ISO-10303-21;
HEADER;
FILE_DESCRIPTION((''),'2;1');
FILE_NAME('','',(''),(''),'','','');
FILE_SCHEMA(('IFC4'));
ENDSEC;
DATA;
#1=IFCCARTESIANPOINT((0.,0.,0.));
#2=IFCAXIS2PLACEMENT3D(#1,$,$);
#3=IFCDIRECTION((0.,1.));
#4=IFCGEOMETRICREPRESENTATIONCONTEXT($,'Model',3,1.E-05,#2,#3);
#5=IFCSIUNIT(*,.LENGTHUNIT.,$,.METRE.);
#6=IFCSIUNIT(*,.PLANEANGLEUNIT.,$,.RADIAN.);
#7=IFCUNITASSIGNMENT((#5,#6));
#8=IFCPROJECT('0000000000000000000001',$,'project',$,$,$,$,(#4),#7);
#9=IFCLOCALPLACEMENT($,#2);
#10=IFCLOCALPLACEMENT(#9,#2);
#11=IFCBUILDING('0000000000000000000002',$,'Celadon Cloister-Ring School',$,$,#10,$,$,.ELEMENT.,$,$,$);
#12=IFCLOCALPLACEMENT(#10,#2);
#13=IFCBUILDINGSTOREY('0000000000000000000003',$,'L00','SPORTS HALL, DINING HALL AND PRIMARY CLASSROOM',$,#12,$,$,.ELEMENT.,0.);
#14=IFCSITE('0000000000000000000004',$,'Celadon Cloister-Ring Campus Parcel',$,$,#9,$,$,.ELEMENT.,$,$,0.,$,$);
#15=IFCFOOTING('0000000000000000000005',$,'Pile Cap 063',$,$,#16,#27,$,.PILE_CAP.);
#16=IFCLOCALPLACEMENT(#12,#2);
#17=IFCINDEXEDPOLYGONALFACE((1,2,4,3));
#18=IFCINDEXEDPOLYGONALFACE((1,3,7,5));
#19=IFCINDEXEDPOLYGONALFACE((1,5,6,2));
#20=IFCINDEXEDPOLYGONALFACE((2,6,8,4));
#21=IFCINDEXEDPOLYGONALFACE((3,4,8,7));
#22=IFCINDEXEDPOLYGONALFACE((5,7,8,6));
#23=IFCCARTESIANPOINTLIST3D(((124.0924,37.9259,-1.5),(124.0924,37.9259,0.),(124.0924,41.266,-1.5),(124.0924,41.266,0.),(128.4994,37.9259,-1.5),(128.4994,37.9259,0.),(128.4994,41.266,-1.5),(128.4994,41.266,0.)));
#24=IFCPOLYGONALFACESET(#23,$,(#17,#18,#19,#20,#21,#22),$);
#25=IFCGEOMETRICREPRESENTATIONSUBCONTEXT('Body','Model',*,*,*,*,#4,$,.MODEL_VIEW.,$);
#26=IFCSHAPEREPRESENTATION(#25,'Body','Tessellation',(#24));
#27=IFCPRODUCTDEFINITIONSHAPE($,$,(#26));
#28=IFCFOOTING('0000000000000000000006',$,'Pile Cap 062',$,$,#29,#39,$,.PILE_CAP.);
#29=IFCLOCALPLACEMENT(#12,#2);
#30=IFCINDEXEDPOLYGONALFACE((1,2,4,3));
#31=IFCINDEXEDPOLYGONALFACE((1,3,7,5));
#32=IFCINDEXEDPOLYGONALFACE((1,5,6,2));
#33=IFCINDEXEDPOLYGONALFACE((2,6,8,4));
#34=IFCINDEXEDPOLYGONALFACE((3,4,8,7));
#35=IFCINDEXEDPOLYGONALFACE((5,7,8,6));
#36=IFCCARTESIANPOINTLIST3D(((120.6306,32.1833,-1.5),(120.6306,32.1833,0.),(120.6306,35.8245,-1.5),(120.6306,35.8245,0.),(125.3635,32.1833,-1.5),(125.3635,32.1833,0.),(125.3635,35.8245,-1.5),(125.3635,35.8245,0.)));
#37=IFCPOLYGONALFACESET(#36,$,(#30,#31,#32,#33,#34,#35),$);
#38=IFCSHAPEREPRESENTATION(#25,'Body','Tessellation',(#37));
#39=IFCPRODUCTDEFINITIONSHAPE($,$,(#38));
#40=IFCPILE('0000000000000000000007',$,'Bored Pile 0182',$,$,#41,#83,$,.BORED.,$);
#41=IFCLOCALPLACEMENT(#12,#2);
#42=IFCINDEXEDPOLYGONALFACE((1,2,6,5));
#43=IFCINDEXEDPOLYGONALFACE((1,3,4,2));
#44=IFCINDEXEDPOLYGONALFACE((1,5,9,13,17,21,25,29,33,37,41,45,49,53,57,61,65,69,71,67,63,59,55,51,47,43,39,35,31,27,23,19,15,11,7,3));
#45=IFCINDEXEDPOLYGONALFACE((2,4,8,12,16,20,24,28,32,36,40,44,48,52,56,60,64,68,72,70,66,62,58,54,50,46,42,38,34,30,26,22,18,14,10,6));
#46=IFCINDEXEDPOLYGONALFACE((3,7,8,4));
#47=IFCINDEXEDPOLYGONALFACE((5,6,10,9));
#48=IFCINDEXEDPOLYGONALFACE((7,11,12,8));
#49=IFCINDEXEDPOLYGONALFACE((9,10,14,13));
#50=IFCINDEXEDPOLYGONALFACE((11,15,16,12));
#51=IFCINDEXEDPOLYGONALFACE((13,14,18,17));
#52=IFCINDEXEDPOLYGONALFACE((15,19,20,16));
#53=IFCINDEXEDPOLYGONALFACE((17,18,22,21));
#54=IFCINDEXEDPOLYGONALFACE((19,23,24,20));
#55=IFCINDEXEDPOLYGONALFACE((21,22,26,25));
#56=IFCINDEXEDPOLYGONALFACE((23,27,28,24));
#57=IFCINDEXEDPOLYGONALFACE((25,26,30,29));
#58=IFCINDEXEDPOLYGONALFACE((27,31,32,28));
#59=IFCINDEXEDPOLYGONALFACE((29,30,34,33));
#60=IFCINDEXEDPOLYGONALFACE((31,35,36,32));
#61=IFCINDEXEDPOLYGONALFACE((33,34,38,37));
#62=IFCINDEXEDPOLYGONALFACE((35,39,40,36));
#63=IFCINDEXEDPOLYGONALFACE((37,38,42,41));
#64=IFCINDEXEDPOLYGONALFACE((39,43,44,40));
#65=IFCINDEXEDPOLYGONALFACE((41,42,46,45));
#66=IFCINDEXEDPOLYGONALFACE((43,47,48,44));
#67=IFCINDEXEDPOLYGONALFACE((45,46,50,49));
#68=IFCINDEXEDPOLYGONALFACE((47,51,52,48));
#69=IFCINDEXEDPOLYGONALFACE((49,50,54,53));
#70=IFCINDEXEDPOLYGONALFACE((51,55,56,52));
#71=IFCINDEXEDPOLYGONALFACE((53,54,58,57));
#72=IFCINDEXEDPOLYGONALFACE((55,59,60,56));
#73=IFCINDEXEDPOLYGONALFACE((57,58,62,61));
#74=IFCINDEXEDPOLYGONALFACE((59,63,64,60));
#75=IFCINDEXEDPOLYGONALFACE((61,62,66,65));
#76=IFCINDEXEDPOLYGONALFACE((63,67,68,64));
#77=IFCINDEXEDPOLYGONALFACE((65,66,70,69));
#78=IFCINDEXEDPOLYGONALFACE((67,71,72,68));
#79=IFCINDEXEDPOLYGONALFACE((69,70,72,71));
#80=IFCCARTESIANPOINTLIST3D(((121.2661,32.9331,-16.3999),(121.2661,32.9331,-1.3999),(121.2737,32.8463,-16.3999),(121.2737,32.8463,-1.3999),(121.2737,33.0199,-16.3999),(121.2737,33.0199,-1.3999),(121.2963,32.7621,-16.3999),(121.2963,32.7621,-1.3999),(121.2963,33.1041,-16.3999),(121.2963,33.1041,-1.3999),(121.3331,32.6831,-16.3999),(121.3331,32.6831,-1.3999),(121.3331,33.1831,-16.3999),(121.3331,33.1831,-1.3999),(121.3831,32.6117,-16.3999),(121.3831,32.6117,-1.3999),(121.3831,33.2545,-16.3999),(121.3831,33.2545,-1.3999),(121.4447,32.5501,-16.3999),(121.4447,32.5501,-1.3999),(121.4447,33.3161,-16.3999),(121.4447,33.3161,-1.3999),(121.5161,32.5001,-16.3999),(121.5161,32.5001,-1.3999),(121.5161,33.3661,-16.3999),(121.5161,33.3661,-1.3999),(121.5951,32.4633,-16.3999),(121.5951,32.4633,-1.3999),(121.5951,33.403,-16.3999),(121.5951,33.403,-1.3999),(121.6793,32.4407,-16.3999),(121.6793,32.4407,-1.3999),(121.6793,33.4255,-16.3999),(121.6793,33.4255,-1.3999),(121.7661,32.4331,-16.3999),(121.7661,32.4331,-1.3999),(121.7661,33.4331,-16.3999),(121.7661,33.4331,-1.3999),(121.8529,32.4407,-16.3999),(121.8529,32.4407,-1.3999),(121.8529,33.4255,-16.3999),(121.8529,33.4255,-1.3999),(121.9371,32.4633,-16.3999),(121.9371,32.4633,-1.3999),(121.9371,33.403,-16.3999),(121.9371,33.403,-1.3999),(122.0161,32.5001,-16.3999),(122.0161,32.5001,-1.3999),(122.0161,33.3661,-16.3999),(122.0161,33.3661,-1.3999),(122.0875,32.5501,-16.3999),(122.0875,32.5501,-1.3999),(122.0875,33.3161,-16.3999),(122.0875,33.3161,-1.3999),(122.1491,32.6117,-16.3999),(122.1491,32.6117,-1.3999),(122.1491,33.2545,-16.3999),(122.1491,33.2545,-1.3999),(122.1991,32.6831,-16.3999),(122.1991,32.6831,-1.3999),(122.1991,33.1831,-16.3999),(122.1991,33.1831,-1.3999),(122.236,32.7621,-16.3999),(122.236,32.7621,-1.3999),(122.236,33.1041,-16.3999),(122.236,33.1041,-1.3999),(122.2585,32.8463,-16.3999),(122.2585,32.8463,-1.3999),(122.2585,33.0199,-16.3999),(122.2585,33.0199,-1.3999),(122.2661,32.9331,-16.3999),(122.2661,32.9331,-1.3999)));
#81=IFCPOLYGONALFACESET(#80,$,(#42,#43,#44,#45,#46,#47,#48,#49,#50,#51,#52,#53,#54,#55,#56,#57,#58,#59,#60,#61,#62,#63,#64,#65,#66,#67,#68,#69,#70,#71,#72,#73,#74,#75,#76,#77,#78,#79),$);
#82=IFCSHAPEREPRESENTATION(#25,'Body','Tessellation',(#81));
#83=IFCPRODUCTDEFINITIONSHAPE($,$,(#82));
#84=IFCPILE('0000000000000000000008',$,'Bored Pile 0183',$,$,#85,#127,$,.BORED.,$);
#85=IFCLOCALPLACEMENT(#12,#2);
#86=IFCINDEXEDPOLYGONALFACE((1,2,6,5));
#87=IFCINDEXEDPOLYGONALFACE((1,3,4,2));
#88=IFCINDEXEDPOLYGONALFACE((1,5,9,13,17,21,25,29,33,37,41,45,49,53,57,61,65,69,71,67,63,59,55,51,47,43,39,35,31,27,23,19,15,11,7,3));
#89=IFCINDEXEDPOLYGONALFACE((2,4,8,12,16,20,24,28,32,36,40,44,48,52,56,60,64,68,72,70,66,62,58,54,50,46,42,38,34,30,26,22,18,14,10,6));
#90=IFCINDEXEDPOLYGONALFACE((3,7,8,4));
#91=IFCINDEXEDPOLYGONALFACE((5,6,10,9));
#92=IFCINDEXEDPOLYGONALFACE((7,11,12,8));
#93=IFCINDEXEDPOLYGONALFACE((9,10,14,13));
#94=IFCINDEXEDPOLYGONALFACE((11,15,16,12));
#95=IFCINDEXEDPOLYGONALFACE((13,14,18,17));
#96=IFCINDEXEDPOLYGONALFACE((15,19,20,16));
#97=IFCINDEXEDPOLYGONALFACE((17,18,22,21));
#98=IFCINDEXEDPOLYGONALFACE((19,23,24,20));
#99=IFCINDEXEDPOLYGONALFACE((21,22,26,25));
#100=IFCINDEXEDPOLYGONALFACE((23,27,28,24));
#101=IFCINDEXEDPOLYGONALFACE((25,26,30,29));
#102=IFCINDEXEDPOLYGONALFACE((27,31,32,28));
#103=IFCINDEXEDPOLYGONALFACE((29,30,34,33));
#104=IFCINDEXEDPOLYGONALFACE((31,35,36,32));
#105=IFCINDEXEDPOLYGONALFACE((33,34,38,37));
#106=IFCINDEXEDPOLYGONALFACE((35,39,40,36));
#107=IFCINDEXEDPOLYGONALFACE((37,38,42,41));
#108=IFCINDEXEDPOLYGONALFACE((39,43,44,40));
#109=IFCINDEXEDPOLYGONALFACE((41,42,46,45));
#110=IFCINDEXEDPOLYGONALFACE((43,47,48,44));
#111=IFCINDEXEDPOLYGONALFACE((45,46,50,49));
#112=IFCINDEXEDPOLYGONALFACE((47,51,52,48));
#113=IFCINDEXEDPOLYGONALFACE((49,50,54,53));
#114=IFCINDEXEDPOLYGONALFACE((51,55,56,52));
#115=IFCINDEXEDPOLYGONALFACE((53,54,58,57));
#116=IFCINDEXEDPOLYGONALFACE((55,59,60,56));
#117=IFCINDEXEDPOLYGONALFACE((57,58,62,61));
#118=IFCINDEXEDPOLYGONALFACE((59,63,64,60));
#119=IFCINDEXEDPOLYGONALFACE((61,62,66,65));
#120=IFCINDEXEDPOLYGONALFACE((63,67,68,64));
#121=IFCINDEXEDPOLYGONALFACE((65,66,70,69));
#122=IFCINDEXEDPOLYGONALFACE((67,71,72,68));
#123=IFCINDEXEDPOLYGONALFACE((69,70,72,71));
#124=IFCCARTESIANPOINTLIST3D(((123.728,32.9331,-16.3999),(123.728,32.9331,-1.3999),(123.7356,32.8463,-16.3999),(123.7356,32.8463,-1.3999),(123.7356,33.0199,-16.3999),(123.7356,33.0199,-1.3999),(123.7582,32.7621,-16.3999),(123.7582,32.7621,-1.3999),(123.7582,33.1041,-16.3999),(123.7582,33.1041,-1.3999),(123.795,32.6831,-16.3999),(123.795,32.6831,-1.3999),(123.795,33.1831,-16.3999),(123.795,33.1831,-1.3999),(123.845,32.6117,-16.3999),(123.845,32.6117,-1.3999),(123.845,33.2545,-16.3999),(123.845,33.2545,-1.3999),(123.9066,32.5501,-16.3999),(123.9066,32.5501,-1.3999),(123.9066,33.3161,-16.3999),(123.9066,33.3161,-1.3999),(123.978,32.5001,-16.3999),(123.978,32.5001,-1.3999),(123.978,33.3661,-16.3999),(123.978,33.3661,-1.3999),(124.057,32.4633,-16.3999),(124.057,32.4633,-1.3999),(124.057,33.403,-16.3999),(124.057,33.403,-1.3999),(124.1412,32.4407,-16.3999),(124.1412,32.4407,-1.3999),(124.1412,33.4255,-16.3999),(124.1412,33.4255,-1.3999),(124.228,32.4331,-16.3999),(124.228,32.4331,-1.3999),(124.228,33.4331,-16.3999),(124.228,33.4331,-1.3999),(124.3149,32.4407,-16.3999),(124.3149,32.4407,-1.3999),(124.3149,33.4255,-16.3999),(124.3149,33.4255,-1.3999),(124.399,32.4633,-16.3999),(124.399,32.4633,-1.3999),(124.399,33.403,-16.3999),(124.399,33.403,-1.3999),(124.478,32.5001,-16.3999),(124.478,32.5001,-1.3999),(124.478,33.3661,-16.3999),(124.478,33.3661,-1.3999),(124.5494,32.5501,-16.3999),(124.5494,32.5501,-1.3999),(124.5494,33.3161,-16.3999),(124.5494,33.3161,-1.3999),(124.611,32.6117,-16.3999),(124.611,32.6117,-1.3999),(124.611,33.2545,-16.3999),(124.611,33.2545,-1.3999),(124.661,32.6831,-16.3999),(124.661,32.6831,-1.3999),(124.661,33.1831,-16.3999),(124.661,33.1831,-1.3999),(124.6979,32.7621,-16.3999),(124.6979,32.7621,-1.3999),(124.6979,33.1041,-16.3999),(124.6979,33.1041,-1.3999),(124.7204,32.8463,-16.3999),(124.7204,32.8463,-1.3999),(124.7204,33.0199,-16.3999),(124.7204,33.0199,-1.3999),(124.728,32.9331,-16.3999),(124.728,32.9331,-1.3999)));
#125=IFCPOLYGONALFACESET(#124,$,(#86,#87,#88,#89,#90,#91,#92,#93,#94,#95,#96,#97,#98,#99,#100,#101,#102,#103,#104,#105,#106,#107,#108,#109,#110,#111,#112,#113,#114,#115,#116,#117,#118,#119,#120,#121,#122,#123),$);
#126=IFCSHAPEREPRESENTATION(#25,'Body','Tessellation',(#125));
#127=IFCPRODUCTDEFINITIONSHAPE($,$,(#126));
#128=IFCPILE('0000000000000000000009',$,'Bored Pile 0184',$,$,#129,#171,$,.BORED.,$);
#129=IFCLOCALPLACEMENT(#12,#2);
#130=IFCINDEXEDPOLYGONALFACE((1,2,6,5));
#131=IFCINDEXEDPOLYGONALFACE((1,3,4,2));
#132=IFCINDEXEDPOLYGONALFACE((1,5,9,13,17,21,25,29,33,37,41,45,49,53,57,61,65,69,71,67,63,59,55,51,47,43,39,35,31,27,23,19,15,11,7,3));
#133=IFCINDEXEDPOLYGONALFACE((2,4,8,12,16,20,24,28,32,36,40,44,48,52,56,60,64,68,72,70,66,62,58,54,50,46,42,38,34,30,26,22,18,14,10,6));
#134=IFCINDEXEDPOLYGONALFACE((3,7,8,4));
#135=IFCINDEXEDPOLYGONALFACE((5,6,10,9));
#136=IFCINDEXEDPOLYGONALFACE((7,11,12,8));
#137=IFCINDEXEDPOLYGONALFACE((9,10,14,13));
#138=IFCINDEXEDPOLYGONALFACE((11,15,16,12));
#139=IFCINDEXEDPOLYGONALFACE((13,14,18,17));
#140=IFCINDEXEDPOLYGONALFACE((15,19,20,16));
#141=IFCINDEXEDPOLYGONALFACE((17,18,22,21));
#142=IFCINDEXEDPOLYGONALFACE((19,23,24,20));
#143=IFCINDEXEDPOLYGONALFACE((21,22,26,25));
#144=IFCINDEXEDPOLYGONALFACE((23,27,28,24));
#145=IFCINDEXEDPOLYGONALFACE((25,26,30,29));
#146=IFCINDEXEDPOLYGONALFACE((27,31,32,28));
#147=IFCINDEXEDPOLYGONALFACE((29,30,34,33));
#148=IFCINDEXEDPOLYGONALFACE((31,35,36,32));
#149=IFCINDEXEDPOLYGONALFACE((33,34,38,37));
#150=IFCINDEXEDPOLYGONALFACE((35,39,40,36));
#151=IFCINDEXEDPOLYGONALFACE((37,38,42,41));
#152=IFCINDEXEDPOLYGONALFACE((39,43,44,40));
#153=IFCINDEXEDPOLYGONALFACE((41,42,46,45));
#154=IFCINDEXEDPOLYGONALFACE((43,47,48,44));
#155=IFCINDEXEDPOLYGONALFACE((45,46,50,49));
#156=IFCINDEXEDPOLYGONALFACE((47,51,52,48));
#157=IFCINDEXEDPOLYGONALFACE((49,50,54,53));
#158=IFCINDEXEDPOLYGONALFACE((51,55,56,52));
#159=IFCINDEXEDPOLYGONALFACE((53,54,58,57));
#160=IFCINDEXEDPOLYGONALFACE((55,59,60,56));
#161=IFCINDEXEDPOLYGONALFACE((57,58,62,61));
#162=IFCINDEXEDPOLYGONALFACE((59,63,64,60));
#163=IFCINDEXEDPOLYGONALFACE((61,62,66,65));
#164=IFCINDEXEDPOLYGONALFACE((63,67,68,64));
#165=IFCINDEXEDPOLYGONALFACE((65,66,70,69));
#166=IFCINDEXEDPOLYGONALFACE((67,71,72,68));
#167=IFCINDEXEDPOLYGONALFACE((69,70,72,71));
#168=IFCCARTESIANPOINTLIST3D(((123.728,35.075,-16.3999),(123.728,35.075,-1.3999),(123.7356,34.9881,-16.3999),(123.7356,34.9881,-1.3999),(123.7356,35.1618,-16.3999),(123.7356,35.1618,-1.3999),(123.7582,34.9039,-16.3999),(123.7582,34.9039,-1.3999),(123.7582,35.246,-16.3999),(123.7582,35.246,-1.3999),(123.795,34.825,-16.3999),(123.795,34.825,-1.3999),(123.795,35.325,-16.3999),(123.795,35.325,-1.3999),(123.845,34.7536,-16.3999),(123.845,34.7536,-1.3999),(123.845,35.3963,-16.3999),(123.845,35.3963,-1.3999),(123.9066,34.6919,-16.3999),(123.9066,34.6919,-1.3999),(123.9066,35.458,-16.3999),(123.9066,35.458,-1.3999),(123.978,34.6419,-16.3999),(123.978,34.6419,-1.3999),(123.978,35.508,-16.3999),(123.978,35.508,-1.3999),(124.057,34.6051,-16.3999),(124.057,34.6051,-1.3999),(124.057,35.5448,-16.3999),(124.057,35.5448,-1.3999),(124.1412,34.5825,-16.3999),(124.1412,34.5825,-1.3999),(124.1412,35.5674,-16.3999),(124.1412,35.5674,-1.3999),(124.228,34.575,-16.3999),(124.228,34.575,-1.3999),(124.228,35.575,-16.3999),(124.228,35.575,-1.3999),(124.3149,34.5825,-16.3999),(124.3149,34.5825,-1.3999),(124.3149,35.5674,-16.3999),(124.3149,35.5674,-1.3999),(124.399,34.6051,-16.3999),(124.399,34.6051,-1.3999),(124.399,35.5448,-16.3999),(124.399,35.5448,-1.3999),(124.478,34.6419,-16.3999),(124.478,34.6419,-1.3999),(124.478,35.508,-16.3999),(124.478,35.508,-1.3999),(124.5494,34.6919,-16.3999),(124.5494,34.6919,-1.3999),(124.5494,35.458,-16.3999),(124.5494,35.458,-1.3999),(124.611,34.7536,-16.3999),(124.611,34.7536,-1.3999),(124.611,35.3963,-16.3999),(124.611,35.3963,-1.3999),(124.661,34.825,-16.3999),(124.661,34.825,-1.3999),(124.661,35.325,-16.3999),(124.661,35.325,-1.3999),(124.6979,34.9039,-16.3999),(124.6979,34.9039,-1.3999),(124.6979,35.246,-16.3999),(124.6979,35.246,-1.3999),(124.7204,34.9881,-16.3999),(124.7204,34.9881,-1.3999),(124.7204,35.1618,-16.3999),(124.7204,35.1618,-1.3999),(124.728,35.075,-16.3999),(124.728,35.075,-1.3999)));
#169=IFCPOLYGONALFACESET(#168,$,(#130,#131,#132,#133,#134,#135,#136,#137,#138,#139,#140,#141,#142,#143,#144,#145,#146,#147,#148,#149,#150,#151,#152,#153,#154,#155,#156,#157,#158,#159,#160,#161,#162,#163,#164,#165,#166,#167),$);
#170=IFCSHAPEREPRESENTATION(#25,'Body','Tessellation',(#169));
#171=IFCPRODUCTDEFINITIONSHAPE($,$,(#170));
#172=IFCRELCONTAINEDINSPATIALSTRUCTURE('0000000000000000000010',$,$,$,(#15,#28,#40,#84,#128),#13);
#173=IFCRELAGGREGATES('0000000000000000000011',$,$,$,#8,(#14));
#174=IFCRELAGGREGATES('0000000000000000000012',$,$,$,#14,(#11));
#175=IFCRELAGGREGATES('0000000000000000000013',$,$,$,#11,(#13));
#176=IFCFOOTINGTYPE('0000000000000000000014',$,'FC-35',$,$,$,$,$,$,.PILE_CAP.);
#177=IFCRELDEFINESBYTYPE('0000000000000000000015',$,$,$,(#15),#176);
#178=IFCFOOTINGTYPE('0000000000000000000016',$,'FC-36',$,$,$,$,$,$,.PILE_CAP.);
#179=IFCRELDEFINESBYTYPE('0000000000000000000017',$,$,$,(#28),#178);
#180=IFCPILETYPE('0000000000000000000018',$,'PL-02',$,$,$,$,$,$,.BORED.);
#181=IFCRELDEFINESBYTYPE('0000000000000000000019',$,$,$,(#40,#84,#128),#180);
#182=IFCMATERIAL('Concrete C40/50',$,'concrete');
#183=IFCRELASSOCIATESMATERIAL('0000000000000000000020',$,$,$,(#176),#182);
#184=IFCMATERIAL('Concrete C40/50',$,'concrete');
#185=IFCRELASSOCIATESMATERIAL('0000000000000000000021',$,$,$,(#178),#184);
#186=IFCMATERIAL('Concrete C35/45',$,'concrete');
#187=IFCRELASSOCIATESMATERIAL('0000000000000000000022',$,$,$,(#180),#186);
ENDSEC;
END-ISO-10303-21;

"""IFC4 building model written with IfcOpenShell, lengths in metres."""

from ifc_helpers import new_model, si_unit, direction, frame, origin, origin_2d, place, context, subcontext, project, spatial, rectangle, circle, extrude, material, material_profile, profile_set, type_object, element, save


model = new_model("IFC4")

# Units and contexts
model_context = context("Model", 3, precision=1e-05, world=origin(), true_north=direction((0.0, 1.0)))
body_context = subcontext(model_context, "Body", "Model", "MODEL_VIEW")
ifc_project = project(units=[si_unit("LENGTHUNIT", "METRE"), si_unit("PLANEANGLEUNIT", "RADIAN")], contexts=[model_context])

# Site, building, storey
site_placement = place(None, origin())
site = spatial("IfcSite", under=ifc_project, at=site_placement, Name="Celadon Cloister-Ring Campus Parcel", CompositionType="ELEMENT", RefElevation=0.0)
building_placement = place(site_placement, origin())
building = spatial("IfcBuilding", under=site, at=building_placement, Name="Celadon Cloister-Ring School", CompositionType="ELEMENT")
storey_placement = place(building_placement, origin())
storey = spatial("IfcBuildingStorey", under=building, at=storey_placement, Name="L00", Description="SPORTS HALL, DINING HALL AND PRIMARY CLASSROOM", CompositionType="ELEMENT", Elevation=0.0)

# Footings
ifc_material_1 = material(Name="Concrete C40/50", Category="concrete")
footing_type_1 = type_object("IfcFootingType", Name="FC-35", PredefinedType="PILE_CAP", material=ifc_material_1)
footing_1_placement = place(storey_placement, frame((126.2959, 39.5959, -1.5), z_axis=(0.0, 0.0, 1.0), x_axis=(1.0, 0.0, 0.0)))
element("IfcFooting", 1, at=footing_1_placement, inside=storey, type_object=footing_type_1, Name="Pile Cap 063", PredefinedType="PILE_CAP", context=body_context, shape_type="SweptSolid", body=[
    extrude(rectangle(XDim=4.407, YDim=3.3401, at=origin_2d()), origin(), (0.0, 0.0, 1.0), 1.5),
])
ifc_material_2 = material(Name="Concrete C40/50", Category="concrete")
footing_type_2 = type_object("IfcFootingType", Name="FC-36", PredefinedType="PILE_CAP", material=ifc_material_2)
footing_2_placement = place(storey_placement, frame((122.9971, 34.0039, -1.5), z_axis=(0.0, 0.0, 1.0), x_axis=(1.0, 0.0, 0.0)))
element("IfcFooting", 2, at=footing_2_placement, inside=storey, type_object=footing_type_2, Name="Pile Cap 062", PredefinedType="PILE_CAP", context=body_context, shape_type="SweptSolid", body=[
    extrude(rectangle(XDim=4.7329, YDim=3.6411, at=origin_2d()), origin(), (0.0, 0.0, 1.0), 1.5),
])

# Piles
ifc_material_3 = material(Name="Concrete C35/45", Category="concrete")
ifc_material_profile_1 = material_profile(ifc_material_3, circle(Radius=0.5, at=origin_2d()), Name="PILE1000")
ifc_profile_set_1 = profile_set([ifc_material_profile_1], Name="Concrete C35/45")
pile_type = type_object("IfcPileType", Name="PL-02", PredefinedType="BORED", material=ifc_profile_set_1)
for number, where, z_axis, x_axis, name in (
    (3, (121.7661, 32.9331, -1.3999), (0.0, 0.0, -1.0), (1.0, 0.0, 0.0), "Bored Pile 0182"),
    (4, (124.228, 32.9331, -1.3999), (0.0, 0.0, -1.0), (1.0, 0.0, 0.0), "Bored Pile 0183"),
    (5, (124.228, 35.075, -1.3999), (0.0, 0.0, -1.0), (1.0, 0.0, 0.0), "Bored Pile 0184"),
):
    element("IfcPile", number, at=place(storey_placement, frame(where, z_axis=z_axis, x_axis=x_axis)), inside=storey, type_object=pile_type, Name=name, PredefinedType="BORED", context=body_context, shape_type="SweptSolid", body=[
        extrude(circle(Radius=0.5, at=origin_2d()), origin(), (0.0, 0.0, 1.0), 15.0),
    ])

save(model, "model.ifc")
